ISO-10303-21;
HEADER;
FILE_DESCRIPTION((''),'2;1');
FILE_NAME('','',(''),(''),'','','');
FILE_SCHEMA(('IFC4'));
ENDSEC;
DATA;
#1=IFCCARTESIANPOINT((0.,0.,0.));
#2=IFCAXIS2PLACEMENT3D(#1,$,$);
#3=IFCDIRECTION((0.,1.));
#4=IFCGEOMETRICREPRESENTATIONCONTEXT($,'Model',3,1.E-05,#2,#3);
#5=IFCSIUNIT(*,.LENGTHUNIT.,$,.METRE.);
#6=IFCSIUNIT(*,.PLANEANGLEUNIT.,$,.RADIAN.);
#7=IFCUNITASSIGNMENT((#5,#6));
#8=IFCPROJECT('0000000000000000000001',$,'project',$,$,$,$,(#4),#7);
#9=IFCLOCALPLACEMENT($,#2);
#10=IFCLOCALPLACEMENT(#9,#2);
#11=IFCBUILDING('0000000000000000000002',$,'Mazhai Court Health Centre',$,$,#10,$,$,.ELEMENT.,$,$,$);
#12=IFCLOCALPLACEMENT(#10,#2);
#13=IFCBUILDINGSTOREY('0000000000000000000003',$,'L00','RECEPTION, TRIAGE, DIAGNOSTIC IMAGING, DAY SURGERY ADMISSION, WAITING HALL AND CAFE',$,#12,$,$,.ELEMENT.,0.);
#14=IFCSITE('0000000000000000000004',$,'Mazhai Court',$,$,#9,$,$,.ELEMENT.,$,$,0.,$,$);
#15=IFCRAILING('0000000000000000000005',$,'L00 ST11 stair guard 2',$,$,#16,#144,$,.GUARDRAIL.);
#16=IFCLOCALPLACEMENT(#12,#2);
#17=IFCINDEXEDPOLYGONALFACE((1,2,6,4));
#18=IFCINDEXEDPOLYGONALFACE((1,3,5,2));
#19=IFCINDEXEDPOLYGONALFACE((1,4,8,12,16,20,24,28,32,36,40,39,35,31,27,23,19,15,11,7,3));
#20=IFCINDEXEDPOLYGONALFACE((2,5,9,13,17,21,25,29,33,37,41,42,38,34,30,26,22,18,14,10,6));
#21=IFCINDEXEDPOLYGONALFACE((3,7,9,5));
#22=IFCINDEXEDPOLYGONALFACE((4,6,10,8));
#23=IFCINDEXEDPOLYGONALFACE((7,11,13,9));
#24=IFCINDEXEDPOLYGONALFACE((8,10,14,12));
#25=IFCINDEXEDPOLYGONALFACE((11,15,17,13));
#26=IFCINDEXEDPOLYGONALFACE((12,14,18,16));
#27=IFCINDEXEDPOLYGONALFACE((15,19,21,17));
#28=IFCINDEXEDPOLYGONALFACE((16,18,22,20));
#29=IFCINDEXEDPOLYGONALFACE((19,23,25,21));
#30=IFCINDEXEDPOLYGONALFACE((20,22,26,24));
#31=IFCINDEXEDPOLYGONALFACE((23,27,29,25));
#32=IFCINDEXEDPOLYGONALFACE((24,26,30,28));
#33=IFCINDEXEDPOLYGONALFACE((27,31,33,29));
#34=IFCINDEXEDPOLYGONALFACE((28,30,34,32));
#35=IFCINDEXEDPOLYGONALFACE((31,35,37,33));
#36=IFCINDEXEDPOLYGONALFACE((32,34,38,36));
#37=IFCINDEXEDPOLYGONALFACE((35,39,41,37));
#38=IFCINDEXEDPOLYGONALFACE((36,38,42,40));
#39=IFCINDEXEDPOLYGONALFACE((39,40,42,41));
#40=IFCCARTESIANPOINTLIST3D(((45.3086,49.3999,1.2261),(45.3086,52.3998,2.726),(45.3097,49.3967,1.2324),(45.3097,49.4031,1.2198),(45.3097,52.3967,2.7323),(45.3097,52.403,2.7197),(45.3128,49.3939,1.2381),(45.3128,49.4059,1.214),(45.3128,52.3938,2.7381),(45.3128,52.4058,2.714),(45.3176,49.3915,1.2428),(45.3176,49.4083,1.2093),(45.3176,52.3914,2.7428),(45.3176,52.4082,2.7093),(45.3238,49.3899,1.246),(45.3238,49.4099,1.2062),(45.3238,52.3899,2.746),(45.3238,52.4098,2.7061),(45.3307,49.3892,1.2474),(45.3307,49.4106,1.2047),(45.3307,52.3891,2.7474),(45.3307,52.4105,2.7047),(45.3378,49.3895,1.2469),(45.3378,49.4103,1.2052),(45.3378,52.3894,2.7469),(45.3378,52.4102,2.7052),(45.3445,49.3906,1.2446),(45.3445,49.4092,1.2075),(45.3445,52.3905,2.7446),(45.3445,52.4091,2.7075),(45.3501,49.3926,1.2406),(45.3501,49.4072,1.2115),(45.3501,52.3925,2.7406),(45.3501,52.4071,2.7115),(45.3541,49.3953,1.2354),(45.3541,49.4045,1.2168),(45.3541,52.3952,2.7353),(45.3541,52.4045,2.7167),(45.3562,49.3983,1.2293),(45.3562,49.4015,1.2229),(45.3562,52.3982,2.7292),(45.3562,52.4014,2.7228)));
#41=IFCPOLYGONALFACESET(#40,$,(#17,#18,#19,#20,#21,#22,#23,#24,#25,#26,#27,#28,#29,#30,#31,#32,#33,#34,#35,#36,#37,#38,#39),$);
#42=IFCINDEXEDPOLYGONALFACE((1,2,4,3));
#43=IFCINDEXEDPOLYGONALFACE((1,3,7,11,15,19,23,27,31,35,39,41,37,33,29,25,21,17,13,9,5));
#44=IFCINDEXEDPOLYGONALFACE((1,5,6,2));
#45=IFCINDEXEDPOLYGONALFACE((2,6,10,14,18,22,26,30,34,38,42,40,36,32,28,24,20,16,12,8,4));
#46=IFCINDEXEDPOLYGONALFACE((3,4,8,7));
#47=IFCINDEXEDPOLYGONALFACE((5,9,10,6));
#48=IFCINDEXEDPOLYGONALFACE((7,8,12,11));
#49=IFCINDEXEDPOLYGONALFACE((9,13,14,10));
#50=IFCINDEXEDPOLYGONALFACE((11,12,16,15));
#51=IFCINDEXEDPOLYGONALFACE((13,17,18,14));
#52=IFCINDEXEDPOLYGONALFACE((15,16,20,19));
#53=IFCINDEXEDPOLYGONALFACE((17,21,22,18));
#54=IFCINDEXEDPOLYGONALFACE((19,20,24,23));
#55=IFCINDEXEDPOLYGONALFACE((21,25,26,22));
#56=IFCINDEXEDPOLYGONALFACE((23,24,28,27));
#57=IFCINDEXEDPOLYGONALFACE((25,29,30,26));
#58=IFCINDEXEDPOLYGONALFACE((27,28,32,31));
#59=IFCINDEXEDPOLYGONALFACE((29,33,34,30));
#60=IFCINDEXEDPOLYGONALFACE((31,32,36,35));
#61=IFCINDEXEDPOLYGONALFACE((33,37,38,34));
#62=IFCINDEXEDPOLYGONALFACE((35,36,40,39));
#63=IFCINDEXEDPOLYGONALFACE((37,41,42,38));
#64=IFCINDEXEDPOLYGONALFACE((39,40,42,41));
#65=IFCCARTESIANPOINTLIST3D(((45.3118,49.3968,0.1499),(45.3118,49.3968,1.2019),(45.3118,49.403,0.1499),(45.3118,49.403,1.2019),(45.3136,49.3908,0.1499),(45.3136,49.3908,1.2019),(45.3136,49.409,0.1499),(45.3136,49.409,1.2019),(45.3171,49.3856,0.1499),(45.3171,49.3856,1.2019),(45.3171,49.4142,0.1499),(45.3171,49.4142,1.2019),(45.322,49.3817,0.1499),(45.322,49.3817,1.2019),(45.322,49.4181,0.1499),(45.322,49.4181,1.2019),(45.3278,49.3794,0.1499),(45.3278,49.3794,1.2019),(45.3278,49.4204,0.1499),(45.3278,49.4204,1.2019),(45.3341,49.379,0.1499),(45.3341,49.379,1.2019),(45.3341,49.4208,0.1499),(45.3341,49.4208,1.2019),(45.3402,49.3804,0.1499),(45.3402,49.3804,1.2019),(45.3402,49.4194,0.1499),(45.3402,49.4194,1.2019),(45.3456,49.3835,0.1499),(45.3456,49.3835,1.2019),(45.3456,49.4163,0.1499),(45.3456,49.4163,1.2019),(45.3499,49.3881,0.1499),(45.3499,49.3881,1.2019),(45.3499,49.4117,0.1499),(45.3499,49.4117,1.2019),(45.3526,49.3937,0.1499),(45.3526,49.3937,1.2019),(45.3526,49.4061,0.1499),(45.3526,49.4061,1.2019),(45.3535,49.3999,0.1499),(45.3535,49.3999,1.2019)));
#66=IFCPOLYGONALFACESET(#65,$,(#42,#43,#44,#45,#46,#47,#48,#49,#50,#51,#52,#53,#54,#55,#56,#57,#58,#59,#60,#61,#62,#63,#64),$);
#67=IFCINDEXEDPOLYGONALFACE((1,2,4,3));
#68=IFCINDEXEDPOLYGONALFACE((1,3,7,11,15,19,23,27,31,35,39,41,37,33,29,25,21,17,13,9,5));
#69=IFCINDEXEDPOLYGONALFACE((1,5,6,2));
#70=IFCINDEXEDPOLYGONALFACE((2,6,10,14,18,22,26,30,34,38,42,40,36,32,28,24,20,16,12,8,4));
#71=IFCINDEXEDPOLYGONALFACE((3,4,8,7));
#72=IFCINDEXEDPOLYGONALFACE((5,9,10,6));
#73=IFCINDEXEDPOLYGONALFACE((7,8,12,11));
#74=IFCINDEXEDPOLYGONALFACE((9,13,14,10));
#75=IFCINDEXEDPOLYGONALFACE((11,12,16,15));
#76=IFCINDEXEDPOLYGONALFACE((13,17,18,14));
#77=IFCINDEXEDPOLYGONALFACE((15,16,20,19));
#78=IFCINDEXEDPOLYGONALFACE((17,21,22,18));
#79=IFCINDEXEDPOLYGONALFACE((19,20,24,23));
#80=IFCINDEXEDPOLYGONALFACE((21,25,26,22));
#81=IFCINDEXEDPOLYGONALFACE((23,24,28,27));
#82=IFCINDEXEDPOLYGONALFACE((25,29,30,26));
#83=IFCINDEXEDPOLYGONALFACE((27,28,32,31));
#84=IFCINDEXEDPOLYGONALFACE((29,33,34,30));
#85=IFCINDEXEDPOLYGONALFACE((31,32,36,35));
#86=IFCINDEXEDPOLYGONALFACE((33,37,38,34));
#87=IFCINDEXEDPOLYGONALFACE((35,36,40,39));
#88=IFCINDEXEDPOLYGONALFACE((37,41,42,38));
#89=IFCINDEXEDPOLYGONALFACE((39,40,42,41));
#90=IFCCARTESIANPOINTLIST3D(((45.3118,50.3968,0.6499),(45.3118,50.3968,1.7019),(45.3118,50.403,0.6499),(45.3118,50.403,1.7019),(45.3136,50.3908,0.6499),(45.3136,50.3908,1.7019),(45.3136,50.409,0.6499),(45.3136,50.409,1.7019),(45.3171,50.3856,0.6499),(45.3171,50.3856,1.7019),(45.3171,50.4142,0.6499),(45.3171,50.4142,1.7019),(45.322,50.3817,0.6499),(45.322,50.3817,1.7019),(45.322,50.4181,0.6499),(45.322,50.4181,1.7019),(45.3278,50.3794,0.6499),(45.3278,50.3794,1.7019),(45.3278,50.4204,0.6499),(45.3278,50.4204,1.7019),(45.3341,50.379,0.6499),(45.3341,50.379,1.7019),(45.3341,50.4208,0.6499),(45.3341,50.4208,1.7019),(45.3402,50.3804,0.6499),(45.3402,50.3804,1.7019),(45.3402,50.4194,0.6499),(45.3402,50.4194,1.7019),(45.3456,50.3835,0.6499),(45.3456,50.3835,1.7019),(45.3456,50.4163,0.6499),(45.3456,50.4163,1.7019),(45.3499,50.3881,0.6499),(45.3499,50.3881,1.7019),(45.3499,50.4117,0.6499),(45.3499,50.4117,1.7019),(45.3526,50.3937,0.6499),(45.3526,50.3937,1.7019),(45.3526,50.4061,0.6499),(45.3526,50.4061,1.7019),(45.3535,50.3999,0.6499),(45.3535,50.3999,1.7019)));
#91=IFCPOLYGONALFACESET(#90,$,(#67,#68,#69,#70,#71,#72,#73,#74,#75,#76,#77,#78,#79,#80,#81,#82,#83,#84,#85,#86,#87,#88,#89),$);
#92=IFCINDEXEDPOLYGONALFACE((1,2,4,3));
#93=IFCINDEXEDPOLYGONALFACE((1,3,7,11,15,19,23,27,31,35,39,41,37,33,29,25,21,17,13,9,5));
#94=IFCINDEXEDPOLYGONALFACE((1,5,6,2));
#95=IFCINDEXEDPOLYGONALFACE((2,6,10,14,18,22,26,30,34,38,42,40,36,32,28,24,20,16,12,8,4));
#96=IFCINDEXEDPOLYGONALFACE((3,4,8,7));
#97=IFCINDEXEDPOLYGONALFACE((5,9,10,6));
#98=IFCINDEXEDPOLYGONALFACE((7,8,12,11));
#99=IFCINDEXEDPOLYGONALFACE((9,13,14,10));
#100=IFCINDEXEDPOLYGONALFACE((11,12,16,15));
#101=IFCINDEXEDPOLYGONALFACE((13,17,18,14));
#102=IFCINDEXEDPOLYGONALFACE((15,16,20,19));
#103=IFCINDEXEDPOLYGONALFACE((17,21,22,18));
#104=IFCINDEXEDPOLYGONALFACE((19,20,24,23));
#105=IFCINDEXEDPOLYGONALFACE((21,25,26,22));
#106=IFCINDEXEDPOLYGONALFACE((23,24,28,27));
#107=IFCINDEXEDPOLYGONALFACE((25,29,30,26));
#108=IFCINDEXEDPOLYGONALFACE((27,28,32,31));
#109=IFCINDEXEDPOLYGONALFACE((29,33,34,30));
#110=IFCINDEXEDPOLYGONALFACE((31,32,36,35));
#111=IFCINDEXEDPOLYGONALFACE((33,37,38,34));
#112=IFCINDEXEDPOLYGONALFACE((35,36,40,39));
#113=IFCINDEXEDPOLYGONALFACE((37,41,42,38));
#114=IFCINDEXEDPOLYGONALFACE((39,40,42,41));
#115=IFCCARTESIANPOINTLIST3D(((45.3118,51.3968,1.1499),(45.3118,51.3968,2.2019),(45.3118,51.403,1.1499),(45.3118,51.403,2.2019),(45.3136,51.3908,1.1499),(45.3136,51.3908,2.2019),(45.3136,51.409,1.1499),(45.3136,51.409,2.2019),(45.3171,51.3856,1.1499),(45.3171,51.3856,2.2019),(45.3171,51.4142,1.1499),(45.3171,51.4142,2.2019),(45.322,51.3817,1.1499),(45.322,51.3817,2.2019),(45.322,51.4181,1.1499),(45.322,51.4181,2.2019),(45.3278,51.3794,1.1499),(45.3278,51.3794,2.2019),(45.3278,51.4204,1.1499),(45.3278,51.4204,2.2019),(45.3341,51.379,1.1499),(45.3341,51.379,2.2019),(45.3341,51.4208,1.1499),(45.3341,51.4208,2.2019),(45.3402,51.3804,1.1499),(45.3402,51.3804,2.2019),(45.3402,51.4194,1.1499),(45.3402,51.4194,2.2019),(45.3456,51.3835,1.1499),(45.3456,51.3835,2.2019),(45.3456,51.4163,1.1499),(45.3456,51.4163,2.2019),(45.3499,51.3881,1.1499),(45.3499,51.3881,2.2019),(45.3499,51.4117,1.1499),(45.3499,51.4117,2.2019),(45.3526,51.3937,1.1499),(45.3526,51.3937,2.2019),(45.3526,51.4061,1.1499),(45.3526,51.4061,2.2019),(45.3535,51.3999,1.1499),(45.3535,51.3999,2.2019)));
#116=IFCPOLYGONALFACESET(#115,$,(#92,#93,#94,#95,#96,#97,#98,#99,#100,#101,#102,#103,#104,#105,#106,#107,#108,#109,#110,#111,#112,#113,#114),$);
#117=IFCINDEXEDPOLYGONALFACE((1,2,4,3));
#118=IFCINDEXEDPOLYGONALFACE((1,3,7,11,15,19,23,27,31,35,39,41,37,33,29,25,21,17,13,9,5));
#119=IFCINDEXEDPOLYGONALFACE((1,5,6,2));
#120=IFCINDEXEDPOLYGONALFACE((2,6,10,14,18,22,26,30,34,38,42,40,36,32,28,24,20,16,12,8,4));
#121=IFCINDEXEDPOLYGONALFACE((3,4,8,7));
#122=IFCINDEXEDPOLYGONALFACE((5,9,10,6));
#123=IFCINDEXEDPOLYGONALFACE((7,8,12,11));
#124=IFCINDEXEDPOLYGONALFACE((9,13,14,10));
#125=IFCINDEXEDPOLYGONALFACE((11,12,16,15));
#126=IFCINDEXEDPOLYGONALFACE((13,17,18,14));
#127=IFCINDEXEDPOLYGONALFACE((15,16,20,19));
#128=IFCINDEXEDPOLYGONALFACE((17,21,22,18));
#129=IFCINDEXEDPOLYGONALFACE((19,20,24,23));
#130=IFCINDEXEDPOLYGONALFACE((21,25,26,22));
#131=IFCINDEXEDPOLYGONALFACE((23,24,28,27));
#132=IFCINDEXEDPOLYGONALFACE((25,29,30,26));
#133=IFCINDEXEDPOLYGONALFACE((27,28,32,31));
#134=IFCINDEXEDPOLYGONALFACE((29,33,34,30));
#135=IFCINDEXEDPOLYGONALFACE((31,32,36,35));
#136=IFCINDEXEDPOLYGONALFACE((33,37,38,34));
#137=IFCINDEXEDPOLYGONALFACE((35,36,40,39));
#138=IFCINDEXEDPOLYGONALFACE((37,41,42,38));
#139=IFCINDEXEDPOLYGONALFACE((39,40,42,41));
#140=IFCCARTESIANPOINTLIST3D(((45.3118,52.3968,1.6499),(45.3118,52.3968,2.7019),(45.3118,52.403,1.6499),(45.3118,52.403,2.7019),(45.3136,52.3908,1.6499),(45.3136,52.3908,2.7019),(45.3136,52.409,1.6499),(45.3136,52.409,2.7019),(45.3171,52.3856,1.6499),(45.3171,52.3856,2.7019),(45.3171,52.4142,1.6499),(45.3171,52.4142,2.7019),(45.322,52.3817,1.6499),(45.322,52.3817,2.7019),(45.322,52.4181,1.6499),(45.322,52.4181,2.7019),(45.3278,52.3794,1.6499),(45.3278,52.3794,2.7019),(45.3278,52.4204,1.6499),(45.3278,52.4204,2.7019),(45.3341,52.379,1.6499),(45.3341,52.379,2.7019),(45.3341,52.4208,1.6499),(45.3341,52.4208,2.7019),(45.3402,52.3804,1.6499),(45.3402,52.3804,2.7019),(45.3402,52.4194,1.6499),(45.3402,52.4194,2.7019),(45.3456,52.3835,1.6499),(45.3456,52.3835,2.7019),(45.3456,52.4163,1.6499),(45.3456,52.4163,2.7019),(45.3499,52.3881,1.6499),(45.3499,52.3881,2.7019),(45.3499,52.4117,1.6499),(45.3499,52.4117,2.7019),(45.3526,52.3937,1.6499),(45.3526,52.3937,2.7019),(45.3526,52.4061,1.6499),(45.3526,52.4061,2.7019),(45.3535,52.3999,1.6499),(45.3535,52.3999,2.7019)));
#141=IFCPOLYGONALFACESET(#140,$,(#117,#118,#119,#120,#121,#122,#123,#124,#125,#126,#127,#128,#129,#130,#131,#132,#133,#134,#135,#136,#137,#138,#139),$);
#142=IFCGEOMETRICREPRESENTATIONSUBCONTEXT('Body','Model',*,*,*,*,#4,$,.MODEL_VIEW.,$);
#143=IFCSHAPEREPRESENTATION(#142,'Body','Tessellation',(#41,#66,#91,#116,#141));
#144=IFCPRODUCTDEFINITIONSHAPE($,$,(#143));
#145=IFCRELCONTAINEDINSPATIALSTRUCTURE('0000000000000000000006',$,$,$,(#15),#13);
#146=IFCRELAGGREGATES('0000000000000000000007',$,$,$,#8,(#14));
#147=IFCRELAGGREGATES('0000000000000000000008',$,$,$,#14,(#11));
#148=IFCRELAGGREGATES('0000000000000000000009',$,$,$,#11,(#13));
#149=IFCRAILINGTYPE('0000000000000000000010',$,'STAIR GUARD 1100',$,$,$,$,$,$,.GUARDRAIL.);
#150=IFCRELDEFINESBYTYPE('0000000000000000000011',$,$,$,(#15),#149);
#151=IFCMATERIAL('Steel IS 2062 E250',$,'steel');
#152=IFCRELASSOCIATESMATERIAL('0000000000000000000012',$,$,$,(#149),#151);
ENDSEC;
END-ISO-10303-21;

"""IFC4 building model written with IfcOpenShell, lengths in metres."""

from ifc_helpers import new_model, si_unit, direction, frame, origin, origin_2d, place, context, subcontext, project, spatial, circle, extrude, material, type_object, element, save


model = new_model("IFC4")

# Units and contexts
model_context = context("Model", 3, precision=1e-05, world=origin(), true_north=direction((0.0, 1.0)))
body_context = subcontext(model_context, "Body", "Model", "MODEL_VIEW")
ifc_project = project(units=[si_unit("LENGTHUNIT", "METRE"), si_unit("PLANEANGLEUNIT", "RADIAN")], contexts=[model_context])

# Site, building, storey
site_placement = place(None, origin())
site = spatial("IfcSite", under=ifc_project, at=site_placement, Name="Mazhai Court", CompositionType="ELEMENT", RefElevation=0.0)
building_placement = place(site_placement, origin())
building = spatial("IfcBuilding", under=site, at=building_placement, Name="Mazhai Court Health Centre", CompositionType="ELEMENT")
storey_placement = place(building_placement, origin())
storey = spatial("IfcBuildingStorey", under=building, at=storey_placement, Name="L00", Description="RECEPTION, TRIAGE, DIAGNOSTIC IMAGING, DAY SURGERY ADMISSION, WAITING HALL AND CAFE", CompositionType="ELEMENT", Elevation=0.0)

# Railing
ifc_material_1 = material(Name="Steel IS 2062 E250", Category="steel")
railing_type_1 = type_object("IfcRailingType", Name="STAIR GUARD 1100", PredefinedType="GUARDRAIL", material=ifc_material_1)
railing_1_placement = place(storey_placement, frame((45.3325, 49.3999, 0.1499)))
element("IfcRailing", 1, at=railing_1_placement, inside=storey, type_object=railing_type_1, Name="L00 ST11 stair guard 2", PredefinedType="GUARDRAIL", context=body_context, shape_type="SweptSolid", body=[
    extrude(circle(Radius=0.0239, at=origin_2d()), frame((0.0, 0.0, 1.0762), z_axis=(0.0, 0.894427, 0.447214), x_axis=(-1.0, 0.0, 0.0)), (0.0, 0.0, 1.0), 3.354),
    extrude(circle(Radius=0.021, at=origin_2d()), origin(), (0.0, 0.0, 1.0), 1.052),
    extrude(circle(Radius=0.021, at=origin_2d()), frame((0.0, 1.0, 0.5)), (0.0, 0.0, 1.0), 1.052),
    extrude(circle(Radius=0.021, at=origin_2d()), frame((0.0, 2.0, 1.0)), (0.0, 0.0, 1.0), 1.052),
    extrude(circle(Radius=0.021, at=origin_2d()), frame((0.0, 3.0, 1.5)), (0.0, 0.0, 1.0), 1.052),
])

save(model, "model.ifc")
